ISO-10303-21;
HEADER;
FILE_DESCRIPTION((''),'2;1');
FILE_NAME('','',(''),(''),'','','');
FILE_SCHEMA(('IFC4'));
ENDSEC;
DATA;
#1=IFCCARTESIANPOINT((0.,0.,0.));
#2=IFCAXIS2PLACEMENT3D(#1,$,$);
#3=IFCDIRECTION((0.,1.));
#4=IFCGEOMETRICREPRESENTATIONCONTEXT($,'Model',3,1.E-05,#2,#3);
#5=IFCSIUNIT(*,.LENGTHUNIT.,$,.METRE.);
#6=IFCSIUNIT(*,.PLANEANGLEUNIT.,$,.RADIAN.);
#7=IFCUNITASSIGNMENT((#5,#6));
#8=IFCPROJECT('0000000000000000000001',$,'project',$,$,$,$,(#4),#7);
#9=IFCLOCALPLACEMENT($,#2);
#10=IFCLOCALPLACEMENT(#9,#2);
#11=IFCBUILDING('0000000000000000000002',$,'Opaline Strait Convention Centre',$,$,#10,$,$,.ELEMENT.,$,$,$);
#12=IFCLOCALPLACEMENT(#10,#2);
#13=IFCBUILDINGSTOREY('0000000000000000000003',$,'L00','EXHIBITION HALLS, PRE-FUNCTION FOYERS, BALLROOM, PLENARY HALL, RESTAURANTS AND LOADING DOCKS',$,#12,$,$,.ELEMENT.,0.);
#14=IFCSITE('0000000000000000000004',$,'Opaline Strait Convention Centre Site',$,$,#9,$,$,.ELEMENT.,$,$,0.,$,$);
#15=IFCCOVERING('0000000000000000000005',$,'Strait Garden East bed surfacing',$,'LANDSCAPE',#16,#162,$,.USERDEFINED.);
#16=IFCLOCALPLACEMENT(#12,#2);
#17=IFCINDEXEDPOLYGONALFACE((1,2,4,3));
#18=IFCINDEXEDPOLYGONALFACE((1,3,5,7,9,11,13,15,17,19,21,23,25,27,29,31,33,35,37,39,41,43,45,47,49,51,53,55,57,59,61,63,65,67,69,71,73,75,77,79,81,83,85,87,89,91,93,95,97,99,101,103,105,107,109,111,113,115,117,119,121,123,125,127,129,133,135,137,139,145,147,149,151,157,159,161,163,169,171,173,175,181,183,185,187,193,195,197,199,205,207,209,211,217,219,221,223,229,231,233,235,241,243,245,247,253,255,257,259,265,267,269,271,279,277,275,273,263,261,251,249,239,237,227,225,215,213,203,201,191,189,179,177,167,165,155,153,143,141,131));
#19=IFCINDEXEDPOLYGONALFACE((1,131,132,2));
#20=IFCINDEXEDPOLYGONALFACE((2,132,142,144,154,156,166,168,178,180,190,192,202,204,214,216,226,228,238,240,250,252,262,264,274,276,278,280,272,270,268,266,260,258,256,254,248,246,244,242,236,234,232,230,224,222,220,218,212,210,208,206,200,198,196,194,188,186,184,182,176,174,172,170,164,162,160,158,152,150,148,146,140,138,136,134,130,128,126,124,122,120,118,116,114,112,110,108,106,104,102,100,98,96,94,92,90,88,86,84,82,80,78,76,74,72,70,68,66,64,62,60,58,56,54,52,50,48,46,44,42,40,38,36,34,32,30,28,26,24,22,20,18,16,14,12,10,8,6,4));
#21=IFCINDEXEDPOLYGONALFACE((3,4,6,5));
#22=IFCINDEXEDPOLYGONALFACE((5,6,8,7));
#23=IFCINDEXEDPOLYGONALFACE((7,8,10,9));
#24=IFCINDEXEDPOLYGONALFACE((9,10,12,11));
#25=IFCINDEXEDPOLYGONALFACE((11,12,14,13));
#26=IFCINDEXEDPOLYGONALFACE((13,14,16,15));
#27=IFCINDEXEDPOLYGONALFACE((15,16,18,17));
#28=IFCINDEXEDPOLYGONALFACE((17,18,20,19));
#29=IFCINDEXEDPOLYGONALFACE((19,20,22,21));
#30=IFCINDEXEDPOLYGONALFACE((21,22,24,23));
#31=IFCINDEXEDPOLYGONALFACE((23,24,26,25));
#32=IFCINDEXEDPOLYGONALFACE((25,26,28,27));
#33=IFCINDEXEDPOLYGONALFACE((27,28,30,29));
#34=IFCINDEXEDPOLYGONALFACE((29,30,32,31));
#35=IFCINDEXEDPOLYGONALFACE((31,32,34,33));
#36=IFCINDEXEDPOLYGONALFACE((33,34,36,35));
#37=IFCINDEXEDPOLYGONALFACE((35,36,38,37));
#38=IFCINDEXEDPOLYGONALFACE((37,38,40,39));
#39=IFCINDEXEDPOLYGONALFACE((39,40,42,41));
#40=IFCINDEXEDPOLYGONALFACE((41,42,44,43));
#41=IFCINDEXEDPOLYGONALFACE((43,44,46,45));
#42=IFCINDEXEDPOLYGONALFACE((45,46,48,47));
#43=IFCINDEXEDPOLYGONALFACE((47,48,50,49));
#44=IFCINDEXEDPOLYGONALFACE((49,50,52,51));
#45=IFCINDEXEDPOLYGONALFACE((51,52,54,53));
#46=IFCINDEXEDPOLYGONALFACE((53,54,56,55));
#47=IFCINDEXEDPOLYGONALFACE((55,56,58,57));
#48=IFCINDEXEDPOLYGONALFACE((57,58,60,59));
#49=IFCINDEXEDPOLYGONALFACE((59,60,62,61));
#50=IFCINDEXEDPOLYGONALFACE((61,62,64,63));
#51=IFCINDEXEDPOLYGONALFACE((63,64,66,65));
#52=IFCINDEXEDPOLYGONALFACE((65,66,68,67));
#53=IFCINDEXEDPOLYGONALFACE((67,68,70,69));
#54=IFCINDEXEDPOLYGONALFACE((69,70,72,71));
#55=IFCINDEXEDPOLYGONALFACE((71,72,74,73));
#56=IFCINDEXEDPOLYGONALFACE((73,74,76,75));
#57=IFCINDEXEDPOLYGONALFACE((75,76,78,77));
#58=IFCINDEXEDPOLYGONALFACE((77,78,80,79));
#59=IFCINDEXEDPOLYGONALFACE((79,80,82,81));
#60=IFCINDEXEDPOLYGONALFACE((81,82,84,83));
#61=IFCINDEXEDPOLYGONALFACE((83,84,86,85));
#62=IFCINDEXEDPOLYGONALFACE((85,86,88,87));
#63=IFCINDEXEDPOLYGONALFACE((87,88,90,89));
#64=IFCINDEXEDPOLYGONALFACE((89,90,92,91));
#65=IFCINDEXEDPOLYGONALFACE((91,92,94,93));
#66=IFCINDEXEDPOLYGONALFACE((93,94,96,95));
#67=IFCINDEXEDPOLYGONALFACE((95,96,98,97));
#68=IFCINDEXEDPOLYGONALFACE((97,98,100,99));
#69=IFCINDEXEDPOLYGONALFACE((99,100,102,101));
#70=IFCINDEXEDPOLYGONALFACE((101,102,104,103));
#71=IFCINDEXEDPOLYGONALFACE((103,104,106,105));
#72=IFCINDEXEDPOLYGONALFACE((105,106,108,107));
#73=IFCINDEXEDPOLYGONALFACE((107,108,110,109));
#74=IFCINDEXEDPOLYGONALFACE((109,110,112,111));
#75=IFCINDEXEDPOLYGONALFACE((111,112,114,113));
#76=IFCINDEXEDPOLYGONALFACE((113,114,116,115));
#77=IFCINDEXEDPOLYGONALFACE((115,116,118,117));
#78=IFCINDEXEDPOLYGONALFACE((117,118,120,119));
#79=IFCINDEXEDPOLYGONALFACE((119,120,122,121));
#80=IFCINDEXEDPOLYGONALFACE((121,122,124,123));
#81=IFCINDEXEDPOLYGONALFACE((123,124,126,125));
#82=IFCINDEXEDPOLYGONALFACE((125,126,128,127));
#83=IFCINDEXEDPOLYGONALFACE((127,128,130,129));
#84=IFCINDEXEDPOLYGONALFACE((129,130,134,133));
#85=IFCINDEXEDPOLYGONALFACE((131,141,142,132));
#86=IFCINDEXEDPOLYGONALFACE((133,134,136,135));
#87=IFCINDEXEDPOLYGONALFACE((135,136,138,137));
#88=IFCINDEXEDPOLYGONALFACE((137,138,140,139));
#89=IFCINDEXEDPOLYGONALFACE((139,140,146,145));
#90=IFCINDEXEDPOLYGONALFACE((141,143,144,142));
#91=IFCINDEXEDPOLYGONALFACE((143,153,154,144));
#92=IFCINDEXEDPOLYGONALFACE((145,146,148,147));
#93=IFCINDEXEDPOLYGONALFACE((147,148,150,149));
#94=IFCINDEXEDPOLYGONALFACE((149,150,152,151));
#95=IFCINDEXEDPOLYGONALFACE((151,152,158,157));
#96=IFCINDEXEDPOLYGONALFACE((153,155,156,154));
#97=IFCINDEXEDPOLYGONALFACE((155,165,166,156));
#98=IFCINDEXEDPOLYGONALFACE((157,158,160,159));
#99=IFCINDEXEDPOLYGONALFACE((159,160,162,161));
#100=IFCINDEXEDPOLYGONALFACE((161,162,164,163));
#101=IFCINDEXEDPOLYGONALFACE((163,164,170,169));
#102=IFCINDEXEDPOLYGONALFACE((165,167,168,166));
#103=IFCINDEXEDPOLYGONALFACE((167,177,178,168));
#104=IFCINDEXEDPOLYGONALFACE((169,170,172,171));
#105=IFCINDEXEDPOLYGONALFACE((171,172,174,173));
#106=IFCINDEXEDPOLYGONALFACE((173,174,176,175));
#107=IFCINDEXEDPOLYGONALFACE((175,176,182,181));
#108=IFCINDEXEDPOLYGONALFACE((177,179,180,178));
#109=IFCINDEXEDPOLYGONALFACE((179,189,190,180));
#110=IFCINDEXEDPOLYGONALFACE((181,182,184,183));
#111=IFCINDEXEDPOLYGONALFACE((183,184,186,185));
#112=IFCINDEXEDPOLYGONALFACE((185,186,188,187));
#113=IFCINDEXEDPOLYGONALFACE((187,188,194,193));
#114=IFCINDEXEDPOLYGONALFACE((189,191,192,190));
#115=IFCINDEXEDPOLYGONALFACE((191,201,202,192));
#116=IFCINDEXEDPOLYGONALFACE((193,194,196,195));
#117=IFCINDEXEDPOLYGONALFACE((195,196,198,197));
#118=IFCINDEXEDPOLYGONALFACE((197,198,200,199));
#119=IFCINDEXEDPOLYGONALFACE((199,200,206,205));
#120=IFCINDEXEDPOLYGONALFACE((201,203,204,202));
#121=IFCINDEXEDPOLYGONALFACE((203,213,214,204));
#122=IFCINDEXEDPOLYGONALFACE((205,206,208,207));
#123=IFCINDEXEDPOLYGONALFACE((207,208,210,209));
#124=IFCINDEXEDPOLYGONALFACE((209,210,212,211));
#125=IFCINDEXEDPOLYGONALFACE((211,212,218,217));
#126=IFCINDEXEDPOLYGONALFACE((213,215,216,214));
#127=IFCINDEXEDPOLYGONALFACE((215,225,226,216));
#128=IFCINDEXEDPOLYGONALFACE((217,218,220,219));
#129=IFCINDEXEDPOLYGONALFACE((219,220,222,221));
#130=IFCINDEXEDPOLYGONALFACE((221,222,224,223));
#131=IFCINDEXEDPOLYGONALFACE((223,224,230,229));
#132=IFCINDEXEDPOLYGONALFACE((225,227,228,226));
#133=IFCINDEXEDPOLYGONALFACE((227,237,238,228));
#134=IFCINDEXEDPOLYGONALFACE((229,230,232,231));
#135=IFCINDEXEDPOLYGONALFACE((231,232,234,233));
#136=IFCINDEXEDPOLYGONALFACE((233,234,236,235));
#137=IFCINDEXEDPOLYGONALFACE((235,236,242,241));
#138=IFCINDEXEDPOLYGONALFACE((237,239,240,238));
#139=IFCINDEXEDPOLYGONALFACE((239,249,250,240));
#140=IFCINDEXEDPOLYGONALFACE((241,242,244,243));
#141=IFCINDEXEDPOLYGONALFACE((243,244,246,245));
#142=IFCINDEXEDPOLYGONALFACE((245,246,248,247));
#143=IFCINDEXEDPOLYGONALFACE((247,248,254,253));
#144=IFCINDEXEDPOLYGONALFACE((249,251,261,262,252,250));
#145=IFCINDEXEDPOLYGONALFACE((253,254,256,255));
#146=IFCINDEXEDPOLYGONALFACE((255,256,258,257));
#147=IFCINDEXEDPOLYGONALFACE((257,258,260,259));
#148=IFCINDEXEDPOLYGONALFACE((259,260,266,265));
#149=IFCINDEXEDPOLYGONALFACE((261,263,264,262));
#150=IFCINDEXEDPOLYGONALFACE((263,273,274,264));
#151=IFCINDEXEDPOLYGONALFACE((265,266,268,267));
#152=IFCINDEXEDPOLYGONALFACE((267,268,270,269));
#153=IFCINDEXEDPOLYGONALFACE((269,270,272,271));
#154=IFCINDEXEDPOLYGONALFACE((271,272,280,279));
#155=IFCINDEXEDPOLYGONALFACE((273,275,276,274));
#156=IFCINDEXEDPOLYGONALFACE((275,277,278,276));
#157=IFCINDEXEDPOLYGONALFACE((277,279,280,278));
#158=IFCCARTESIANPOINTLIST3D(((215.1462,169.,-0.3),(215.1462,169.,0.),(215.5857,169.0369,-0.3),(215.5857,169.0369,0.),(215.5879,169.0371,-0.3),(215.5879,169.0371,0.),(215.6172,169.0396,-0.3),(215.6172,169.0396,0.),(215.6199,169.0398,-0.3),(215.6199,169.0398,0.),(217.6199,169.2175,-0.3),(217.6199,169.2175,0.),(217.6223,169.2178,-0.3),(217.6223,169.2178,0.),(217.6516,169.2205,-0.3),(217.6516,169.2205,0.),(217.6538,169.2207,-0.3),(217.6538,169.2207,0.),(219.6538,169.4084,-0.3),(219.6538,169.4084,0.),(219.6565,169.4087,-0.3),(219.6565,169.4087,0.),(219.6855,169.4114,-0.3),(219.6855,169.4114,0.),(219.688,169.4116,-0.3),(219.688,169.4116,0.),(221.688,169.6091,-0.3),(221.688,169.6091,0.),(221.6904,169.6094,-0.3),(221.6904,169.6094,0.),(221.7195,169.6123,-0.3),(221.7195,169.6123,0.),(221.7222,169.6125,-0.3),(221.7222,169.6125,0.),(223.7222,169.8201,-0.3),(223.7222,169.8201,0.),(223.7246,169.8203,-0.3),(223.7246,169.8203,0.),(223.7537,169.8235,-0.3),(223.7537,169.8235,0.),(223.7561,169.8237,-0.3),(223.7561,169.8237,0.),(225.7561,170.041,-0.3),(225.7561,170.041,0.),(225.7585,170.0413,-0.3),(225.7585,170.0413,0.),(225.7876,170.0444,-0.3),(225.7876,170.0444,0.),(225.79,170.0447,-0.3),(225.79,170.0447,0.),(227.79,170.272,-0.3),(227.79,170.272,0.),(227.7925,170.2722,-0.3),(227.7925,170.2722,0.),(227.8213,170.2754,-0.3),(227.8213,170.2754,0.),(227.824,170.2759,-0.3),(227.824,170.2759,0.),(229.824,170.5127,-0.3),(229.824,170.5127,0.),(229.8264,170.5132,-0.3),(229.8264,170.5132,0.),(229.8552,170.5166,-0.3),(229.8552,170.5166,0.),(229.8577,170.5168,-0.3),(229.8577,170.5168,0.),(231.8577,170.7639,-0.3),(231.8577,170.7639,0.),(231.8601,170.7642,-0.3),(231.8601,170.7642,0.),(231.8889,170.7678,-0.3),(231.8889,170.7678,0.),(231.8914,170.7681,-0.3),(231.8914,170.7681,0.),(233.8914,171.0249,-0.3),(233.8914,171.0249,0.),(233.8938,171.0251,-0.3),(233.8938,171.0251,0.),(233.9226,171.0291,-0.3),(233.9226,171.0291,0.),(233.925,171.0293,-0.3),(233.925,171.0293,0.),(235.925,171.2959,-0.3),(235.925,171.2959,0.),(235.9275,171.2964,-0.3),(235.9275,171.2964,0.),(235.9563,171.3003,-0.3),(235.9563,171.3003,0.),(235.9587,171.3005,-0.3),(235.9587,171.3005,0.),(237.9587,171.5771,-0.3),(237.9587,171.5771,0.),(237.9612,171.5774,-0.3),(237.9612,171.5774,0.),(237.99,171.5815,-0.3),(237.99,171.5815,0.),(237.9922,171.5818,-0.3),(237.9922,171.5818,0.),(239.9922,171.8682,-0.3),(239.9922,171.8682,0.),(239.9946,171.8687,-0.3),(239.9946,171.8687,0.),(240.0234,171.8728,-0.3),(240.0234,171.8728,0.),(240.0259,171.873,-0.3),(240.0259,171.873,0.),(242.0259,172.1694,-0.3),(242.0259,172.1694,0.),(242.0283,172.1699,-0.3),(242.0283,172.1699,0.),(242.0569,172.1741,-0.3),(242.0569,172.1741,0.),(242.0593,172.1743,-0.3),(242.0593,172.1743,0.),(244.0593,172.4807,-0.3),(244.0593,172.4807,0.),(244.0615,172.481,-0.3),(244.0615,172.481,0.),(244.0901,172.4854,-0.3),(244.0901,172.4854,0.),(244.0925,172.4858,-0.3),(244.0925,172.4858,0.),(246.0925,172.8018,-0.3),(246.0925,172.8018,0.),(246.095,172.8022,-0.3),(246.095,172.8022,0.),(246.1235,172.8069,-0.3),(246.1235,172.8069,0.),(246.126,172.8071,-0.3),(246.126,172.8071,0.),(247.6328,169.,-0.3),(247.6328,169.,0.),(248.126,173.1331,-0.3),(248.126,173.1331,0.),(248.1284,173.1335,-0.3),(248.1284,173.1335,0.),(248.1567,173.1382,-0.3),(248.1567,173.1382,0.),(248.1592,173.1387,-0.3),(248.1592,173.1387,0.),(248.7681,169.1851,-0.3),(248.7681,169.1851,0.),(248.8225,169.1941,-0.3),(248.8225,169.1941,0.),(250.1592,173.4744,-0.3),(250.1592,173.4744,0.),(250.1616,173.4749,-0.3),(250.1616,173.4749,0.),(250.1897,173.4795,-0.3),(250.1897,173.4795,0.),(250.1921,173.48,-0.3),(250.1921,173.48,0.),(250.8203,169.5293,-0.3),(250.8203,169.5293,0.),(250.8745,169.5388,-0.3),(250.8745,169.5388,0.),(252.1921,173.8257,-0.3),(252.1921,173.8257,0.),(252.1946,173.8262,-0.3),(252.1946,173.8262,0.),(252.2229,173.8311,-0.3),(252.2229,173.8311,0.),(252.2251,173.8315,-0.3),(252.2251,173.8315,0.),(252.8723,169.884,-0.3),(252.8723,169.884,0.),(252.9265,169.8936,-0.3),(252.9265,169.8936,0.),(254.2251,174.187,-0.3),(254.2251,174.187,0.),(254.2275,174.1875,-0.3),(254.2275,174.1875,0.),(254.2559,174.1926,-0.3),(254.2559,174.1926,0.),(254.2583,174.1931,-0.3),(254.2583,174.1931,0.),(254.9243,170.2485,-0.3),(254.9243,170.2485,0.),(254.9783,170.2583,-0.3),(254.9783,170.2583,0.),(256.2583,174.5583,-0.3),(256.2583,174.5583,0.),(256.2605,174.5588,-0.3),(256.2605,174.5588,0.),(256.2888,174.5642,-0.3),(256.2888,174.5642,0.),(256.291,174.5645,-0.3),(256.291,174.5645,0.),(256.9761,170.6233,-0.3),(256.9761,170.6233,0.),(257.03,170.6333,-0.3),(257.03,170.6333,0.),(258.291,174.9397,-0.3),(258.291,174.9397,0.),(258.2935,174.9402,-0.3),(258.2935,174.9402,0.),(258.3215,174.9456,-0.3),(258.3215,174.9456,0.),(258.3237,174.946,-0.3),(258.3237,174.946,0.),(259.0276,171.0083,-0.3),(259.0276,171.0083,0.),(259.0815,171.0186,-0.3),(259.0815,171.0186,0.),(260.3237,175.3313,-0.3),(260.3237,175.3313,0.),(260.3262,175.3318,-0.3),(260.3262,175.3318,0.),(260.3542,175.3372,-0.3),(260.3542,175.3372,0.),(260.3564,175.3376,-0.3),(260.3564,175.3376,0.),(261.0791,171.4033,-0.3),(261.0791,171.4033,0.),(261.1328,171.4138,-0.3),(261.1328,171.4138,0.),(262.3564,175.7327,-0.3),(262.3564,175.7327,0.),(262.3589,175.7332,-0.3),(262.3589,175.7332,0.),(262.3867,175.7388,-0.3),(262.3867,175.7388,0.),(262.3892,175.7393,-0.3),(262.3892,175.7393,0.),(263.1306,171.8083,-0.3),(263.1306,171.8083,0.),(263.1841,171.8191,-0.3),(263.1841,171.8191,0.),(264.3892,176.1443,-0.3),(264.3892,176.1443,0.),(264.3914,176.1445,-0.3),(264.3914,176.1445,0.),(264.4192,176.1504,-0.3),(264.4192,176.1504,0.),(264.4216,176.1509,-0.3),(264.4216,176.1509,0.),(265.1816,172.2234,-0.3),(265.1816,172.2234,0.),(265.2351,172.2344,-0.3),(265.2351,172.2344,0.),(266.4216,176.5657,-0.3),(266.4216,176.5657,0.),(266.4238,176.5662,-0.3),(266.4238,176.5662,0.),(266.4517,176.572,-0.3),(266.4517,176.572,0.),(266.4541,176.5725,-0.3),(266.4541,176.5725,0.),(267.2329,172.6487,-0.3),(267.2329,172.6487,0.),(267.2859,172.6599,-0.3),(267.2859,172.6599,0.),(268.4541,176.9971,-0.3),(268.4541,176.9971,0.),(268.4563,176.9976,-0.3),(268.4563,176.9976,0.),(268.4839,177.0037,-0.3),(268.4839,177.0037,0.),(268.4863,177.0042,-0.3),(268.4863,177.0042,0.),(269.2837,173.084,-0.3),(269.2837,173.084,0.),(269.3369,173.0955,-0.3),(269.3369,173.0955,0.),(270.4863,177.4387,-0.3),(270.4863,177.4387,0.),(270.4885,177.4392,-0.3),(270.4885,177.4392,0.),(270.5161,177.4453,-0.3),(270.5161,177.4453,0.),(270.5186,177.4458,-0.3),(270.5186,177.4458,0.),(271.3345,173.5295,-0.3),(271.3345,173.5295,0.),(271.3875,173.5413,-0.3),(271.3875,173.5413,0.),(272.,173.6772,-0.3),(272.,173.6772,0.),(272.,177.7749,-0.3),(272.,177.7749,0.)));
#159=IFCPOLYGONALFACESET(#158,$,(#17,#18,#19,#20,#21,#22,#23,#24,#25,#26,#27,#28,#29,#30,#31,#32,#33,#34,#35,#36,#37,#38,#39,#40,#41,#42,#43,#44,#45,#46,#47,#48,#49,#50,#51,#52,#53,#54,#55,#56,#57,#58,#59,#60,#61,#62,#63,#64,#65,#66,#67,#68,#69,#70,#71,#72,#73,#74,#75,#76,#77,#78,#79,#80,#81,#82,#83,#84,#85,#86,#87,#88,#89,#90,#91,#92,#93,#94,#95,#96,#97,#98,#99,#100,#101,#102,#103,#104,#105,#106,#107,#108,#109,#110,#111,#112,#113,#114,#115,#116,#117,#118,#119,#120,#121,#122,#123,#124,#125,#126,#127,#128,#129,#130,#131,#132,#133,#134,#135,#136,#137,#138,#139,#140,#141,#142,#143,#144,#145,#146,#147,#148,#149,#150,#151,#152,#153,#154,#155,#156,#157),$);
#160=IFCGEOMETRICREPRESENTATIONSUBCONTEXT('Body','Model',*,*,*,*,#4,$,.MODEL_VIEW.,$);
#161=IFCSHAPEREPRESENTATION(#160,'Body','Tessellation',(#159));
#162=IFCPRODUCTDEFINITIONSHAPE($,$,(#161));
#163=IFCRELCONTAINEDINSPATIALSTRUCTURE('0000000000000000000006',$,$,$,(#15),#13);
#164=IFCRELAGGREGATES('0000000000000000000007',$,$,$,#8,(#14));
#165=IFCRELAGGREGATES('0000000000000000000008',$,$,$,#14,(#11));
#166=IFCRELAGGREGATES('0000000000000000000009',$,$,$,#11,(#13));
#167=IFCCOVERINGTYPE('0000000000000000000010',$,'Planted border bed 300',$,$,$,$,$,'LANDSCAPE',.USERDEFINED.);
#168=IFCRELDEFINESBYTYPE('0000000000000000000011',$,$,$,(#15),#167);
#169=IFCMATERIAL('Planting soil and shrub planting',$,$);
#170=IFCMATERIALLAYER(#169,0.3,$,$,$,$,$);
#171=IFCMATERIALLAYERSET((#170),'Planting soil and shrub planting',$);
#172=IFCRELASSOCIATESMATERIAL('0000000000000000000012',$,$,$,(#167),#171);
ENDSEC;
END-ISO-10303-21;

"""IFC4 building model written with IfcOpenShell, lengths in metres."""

from ifc_helpers import new_model, si_unit, direction, frame, origin, place, context, subcontext, project, spatial, polyline, outline, extrude, material, layer, layer_set, type_object, element, save


model = new_model("IFC4")

# Units and contexts
model_context = context("Model", 3, precision=1e-05, world=origin(), true_north=direction((0.0, 1.0)))
body_context = subcontext(model_context, "Body", "Model", "MODEL_VIEW")
ifc_project = project(units=[si_unit("LENGTHUNIT", "METRE"), si_unit("PLANEANGLEUNIT", "RADIAN")], contexts=[model_context])

# Site, building, storey
site_placement = place(None, origin())
site = spatial("IfcSite", under=ifc_project, at=site_placement, Name="Opaline Strait Convention Centre Site", CompositionType="ELEMENT", RefElevation=0.0)
building_placement = place(site_placement, origin())
building = spatial("IfcBuilding", under=site, at=building_placement, Name="Opaline Strait Convention Centre", CompositionType="ELEMENT")
storey_placement = place(building_placement, origin())
storey = spatial("IfcBuildingStorey", under=building, at=storey_placement, Name="L00", Description="EXHIBITION HALLS, PRE-FUNCTION FOYERS, BALLROOM, PLENARY HALL, RESTAURANTS AND LOADING DOCKS", CompositionType="ELEMENT", Elevation=0.0)

# Covering
ifc_material_1 = material(Name="Planting soil and shrub planting")
ifc_layer_1 = layer(ifc_material_1, 0.3)
ifc_layer_set_1 = layer_set([ifc_layer_1], Name="Planting soil and shrub planting")
covering_type_1 = type_object("IfcCoveringType", Name="Planted border bed 300", ElementType="LANDSCAPE", PredefinedType="USERDEFINED", material=ifc_layer_set_1)
covering_1_placement = place(storey_placement, frame((0.0, 0.0, -0.3)))
element("IfcCovering", 1, at=covering_1_placement, inside=storey, type_object=covering_type_1, Name="Strait Garden East bed surfacing", ObjectType="LANDSCAPE", PredefinedType="USERDEFINED", context=body_context, shape_type="SweptSolid", body=[
    extrude(outline(polyline([(215.6172, 169.0396), (215.5879, 169.0371), (215.5857, 169.0369), (215.1462, 169.0), (247.6328, 169.0), (248.7681, 169.1851), (248.8225, 169.1941), (250.8203, 169.5293), (250.8745, 169.5388), (252.8723, 169.884), (252.9265, 169.8936), (254.9243, 170.2485), (254.9783, 170.2583), (256.9761, 170.6233), (257.03, 170.6333), (259.0276, 171.0083), (259.0815, 171.0186), (261.0791, 171.4033), (261.1328, 171.4138), (263.1306, 171.8083), (263.1841, 171.8191), (265.1816, 172.2234), (265.2351, 172.2344), (267.2329, 172.6487), (267.2859, 172.6599), (269.2837, 173.084), (269.3369, 173.0955), (271.3345, 173.5295), (271.3875, 173.5413), (272.0, 173.6772), (272.0, 177.7749), (270.5186, 177.4458), (270.5161, 177.4453), (270.4885, 177.4392), (270.4863, 177.4387), (268.4863, 177.0042), (268.4839, 177.0037), (268.4563, 176.9976), (268.4541, 176.9971), (266.4541, 176.5725), (266.4517, 176.572), (266.4238, 176.5662), (266.4216, 176.5657), (264.4216, 176.1509), (264.4192, 176.1504), (264.3914, 176.1445), (264.3892, 176.1443), (262.3892, 175.7393), (262.3867, 175.7388), (262.3589, 175.7332), (262.3564, 175.7327), (260.3564, 175.3376), (260.3542, 175.3372), (260.3262, 175.3318), (260.3237, 175.3313), (258.3237, 174.946), (258.3215, 174.9456), (258.2935, 174.9402), (258.291, 174.9397), (256.291, 174.5645), (256.2888, 174.5642), (256.2605, 174.5588), (256.2583, 174.5583), (254.2583, 174.1931), (254.2559, 174.1926), (254.2275, 174.1875), (254.2251, 174.187), (252.2251, 173.8315), (252.2229, 173.8311), (252.1946, 173.8262), (252.1921, 173.8257), (250.1921, 173.48), (250.1897, 173.4795), (250.1616, 173.4749), (250.1592, 173.4744), (248.1592, 173.1387), (248.1567, 173.1382), (248.1284, 173.1335), (248.126, 173.1331), (246.126, 172.8071), (246.1235, 172.8069), (246.095, 172.8022), (246.0925, 172.8018), (244.0925, 172.4858), (244.0901, 172.4854), (244.0615, 172.481), (244.0593, 172.4807), (242.0593, 172.1743), (242.0569, 172.1741), (242.0283, 172.1699), (242.0259, 172.1694), (240.0259, 171.873), (240.0234, 171.8728), (239.9946, 171.8687), (239.9922, 171.8682), (237.9922, 171.5818), (237.99, 171.5815), (237.9612, 171.5774), (237.9587, 171.5771), (235.9587, 171.3005), (235.9563, 171.3003), (235.9275, 171.2964), (235.925, 171.2959), (233.925, 171.0293), (233.9226, 171.0291), (233.8938, 171.0251), (233.8914, 171.0249), (231.8914, 170.7681), (231.8889, 170.7678), (231.8601, 170.7642), (231.8577, 170.7639), (229.8577, 170.5168), (229.8552, 170.5166), (229.8264, 170.5132), (229.824, 170.5127), (227.824, 170.2759), (227.8213, 170.2754), (227.7925, 170.2722), (227.79, 170.272), (225.79, 170.0447), (225.7876, 170.0444), (225.7585, 170.0413), (225.7561, 170.041), (223.7561, 169.8237), (223.7537, 169.8235), (223.7246, 169.8203), (223.7222, 169.8201), (221.7222, 169.6125), (221.7195, 169.6123), (221.6904, 169.6094), (221.688, 169.6091), (219.688, 169.4116), (219.6855, 169.4114), (219.6565, 169.4087), (219.6538, 169.4084), (217.6538, 169.2207), (217.6516, 169.2205), (217.6223, 169.2178), (217.6199, 169.2175), (215.6199, 169.0398), (215.6172, 169.0396)])), origin(), (0.0, 0.0, 1.0), 0.3),
])

save(model, "model.ifc")
